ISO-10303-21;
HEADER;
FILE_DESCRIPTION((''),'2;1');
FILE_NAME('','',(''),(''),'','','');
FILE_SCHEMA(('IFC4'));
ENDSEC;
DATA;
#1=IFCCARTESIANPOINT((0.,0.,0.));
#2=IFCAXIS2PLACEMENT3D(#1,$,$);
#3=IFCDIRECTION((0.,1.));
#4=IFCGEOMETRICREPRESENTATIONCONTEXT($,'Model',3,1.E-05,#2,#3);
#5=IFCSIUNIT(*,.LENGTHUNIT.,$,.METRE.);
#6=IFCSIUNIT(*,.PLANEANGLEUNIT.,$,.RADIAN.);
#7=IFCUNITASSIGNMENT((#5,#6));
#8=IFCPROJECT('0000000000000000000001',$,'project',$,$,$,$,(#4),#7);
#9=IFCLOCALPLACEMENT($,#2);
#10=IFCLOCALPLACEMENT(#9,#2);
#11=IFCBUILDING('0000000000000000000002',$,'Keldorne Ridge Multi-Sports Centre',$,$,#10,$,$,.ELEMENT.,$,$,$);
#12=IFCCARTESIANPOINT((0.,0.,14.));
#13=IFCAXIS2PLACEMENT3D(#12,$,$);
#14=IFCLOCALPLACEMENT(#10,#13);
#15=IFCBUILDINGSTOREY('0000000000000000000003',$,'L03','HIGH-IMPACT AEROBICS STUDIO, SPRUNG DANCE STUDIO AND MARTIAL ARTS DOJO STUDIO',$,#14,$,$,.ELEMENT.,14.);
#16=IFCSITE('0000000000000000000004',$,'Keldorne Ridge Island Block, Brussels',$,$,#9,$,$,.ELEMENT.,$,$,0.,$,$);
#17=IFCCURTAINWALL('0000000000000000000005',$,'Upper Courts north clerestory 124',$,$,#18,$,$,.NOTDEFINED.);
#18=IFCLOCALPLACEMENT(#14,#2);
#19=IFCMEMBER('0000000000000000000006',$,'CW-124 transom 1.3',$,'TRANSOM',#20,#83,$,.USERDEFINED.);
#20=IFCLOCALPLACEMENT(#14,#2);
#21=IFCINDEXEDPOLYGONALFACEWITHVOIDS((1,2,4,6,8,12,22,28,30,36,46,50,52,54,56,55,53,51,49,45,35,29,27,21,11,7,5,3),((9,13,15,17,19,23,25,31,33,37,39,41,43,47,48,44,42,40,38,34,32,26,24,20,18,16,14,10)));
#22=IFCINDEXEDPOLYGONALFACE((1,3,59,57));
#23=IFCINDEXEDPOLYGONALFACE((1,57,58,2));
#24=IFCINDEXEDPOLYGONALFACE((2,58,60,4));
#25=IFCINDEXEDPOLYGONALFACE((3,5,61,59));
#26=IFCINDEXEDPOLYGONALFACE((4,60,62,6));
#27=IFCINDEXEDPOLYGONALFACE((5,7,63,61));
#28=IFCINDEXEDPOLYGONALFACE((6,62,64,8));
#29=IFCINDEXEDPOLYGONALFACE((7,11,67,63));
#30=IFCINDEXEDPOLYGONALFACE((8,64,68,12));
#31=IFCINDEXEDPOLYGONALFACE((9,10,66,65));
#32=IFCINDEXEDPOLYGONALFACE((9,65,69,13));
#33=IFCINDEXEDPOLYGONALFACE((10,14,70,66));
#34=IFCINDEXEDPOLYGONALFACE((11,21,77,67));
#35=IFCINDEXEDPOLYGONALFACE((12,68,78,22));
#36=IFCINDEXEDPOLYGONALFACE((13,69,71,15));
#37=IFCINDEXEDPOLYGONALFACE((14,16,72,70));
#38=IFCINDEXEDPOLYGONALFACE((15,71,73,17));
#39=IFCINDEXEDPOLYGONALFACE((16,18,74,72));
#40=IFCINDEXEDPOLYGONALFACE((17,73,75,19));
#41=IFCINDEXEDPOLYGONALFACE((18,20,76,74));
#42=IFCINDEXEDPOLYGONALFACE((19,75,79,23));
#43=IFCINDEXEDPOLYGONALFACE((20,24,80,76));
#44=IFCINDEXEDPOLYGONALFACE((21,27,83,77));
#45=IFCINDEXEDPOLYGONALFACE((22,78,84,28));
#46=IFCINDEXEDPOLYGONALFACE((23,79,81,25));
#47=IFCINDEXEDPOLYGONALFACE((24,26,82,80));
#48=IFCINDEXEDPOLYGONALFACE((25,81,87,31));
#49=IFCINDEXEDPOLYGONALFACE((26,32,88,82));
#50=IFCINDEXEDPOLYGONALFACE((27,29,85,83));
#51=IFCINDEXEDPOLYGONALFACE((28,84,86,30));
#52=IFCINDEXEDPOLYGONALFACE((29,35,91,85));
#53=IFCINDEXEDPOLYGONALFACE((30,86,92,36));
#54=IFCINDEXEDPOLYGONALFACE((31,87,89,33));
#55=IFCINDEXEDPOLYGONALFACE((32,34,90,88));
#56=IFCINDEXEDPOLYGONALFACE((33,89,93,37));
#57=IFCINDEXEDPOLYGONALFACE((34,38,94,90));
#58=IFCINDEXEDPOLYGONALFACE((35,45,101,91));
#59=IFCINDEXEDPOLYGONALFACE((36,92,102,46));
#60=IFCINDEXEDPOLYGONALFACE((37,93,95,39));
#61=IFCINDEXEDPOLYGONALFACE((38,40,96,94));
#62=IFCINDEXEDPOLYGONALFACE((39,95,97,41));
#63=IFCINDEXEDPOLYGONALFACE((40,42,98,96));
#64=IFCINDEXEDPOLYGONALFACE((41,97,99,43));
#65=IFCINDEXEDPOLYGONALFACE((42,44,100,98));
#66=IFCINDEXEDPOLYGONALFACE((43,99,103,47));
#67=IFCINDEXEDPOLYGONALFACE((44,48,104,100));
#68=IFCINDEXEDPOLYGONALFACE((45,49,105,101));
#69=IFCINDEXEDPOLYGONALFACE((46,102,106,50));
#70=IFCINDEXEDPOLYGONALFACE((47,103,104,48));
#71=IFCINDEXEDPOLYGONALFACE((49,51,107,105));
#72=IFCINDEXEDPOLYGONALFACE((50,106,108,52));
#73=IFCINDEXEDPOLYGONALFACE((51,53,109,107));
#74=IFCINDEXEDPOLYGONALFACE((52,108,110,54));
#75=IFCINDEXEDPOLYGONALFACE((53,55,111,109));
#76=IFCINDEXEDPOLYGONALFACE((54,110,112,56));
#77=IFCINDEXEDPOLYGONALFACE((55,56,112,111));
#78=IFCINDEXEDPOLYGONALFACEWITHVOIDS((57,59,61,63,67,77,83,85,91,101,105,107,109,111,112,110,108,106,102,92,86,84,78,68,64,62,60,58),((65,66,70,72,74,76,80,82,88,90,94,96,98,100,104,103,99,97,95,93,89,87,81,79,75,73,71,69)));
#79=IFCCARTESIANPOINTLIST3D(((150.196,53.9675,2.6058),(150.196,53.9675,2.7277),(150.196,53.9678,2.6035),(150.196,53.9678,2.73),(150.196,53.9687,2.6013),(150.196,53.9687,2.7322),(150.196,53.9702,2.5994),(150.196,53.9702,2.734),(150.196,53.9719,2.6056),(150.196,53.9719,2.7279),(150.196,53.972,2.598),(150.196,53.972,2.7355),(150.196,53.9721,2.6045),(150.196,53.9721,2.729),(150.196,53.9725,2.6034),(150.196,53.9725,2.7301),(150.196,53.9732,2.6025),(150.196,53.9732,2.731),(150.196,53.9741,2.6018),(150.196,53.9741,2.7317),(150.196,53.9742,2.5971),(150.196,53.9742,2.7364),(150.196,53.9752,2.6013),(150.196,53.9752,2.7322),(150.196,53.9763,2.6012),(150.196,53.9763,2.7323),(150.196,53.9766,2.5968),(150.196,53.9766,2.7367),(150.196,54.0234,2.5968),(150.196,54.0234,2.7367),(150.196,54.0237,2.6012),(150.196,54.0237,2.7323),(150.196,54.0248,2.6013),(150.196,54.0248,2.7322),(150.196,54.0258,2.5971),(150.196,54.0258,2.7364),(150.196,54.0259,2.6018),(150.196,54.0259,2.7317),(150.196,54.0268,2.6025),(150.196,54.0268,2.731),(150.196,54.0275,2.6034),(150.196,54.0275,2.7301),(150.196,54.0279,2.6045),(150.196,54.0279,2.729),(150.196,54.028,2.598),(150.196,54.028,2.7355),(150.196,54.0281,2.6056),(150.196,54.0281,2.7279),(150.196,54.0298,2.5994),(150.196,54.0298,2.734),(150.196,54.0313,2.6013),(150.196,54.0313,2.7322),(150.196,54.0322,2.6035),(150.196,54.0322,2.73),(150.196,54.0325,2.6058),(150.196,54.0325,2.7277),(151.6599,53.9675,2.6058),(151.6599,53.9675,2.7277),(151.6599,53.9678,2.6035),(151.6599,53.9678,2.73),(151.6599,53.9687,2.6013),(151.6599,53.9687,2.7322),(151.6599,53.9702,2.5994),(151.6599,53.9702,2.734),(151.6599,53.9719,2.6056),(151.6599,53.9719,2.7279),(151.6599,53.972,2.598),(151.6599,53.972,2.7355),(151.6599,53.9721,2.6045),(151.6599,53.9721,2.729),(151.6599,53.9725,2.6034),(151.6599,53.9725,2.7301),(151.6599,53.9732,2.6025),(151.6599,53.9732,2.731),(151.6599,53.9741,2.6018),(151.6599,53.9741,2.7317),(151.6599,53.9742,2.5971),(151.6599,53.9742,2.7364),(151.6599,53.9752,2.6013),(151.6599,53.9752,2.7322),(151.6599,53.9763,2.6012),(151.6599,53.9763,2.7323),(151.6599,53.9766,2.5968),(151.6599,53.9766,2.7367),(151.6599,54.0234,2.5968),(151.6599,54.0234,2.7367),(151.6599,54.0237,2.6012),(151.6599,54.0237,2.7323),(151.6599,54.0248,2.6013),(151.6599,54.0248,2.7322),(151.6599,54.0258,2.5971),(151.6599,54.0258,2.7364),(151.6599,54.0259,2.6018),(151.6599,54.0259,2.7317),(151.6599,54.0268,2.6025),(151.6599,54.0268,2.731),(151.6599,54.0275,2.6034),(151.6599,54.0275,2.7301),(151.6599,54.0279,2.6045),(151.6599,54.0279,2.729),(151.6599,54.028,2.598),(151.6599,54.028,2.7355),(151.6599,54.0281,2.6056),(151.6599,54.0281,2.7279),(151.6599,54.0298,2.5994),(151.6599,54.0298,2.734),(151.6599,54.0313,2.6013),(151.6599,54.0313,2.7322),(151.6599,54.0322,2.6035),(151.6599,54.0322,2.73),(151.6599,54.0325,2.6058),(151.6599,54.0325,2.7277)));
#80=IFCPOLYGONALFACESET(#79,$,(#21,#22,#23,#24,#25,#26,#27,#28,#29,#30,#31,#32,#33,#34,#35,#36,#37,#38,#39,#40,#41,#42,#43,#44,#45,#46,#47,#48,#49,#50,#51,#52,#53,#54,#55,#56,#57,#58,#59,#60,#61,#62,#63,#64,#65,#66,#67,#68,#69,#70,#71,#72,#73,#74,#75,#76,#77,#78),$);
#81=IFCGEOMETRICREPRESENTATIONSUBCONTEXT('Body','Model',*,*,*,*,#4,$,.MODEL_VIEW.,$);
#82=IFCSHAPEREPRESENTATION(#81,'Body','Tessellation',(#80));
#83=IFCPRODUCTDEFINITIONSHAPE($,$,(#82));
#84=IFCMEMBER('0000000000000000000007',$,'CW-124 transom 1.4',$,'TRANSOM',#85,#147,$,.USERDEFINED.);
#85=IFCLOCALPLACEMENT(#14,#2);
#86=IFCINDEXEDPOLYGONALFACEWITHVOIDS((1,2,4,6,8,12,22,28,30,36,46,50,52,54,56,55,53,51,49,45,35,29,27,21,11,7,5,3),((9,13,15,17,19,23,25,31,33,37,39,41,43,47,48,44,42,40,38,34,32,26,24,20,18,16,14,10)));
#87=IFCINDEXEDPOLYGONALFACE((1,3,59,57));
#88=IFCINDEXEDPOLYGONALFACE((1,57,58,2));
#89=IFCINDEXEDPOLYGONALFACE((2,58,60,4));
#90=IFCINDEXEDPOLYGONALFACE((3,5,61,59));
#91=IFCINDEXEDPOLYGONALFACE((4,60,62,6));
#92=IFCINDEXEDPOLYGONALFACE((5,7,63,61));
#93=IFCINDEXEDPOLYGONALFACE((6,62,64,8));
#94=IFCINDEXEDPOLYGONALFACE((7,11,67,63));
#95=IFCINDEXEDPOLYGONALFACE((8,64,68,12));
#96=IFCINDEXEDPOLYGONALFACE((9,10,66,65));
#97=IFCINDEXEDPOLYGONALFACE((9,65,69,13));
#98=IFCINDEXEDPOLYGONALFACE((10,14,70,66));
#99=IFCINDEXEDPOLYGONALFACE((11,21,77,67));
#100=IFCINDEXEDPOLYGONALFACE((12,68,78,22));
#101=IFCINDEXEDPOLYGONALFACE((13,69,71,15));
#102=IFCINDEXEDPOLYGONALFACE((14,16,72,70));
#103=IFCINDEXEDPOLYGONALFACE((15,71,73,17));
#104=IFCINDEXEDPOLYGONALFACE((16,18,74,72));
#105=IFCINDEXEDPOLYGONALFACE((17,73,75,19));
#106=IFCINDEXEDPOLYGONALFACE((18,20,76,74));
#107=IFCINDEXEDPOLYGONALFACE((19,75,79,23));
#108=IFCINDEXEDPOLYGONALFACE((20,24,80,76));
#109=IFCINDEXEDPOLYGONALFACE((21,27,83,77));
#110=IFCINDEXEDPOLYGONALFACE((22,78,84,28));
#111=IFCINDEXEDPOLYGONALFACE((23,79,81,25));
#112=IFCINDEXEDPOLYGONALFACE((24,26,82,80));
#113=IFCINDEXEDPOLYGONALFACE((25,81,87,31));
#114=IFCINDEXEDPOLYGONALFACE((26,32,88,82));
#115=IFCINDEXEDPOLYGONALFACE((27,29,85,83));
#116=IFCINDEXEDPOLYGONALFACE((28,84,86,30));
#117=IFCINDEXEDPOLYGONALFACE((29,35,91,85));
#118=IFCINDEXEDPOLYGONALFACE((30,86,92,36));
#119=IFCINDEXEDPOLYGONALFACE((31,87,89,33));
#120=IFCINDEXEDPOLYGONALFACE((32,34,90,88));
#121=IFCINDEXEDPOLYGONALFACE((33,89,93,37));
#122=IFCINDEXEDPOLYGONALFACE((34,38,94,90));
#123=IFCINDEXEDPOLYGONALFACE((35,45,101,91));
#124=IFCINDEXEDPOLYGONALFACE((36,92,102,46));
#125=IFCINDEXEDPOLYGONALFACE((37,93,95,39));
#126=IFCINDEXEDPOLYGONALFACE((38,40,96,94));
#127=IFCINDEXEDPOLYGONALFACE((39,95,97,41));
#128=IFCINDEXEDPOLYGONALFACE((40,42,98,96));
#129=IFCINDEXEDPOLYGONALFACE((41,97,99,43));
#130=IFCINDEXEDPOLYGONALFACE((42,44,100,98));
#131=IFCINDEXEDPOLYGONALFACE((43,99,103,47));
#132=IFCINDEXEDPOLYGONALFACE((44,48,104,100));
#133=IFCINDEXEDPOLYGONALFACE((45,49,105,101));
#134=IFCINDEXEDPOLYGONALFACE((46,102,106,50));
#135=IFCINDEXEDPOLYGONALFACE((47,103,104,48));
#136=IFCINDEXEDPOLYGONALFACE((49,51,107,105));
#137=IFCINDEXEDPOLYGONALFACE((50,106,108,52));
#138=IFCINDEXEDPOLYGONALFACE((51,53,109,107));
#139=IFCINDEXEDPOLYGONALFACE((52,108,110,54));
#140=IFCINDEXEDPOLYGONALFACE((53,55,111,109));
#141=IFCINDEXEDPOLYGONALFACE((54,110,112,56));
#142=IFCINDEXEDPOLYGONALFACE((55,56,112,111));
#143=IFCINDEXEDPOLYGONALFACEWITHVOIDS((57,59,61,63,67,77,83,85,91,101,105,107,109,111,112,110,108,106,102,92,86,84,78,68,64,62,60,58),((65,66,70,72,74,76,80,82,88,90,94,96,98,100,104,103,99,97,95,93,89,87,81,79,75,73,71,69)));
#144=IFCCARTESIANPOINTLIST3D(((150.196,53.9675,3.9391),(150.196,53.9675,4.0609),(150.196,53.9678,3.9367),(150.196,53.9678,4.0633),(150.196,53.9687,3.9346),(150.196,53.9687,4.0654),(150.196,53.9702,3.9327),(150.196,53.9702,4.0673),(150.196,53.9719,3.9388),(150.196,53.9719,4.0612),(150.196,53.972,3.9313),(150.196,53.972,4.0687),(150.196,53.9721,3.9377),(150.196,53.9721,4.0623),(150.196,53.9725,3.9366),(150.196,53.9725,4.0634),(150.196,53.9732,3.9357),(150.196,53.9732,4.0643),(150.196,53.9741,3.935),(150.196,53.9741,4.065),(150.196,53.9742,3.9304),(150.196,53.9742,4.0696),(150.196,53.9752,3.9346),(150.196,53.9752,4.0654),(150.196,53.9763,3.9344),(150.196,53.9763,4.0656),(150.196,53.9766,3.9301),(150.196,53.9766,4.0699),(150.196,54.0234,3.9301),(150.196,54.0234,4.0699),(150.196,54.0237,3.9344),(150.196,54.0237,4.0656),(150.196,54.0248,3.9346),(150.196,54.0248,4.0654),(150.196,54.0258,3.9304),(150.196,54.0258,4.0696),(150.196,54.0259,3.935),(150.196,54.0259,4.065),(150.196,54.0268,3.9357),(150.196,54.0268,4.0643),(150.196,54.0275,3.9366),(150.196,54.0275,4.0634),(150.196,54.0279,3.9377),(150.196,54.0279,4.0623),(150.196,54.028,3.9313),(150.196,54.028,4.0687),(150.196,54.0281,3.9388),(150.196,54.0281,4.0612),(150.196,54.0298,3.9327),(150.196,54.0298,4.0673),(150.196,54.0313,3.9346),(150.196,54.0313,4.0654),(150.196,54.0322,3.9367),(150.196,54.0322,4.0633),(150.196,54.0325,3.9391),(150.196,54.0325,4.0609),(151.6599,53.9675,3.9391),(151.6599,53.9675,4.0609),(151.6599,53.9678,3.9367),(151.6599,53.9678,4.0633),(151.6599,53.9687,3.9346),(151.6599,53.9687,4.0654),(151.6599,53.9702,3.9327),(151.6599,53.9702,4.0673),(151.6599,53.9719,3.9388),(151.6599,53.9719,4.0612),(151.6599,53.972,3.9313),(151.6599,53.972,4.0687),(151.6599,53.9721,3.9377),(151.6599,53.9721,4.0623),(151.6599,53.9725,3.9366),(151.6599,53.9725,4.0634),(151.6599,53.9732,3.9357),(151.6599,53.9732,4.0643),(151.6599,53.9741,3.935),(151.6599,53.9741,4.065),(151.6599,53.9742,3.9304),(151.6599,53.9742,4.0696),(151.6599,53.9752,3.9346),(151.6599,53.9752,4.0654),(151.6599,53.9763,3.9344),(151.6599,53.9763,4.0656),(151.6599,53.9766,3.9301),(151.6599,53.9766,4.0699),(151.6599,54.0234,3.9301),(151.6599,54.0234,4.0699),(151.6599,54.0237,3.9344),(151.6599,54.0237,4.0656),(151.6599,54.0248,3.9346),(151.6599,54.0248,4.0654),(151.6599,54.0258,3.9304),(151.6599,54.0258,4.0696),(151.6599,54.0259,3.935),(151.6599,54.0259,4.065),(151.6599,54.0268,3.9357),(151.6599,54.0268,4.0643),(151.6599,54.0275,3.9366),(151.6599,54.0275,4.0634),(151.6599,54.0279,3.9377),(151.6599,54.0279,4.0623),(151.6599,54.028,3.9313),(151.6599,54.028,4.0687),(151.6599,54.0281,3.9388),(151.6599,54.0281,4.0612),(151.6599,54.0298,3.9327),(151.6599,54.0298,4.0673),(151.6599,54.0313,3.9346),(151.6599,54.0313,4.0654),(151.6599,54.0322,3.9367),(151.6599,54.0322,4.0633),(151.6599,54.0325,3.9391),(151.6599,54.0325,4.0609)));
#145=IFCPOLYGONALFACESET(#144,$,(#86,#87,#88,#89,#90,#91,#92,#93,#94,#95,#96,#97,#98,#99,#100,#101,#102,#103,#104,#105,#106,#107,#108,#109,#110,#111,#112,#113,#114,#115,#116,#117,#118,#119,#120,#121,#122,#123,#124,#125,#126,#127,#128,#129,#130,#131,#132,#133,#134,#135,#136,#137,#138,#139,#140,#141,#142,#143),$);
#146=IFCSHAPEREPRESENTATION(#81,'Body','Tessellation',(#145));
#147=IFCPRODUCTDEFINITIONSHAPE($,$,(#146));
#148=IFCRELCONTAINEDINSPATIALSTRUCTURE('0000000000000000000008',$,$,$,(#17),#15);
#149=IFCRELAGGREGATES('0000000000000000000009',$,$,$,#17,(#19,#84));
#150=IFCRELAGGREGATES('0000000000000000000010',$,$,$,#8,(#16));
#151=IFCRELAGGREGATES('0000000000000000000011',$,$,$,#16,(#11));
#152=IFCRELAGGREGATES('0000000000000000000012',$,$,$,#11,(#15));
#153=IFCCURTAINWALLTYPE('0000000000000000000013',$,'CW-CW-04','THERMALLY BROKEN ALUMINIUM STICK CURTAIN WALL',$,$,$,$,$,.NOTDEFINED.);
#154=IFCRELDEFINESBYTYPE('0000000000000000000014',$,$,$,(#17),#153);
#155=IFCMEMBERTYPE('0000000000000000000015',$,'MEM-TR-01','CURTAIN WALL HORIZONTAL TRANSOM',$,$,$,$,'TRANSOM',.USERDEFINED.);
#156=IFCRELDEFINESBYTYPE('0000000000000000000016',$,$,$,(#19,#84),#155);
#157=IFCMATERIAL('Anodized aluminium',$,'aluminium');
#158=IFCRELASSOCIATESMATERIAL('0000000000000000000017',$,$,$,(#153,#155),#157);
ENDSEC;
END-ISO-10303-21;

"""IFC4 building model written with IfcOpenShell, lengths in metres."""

from ifc_helpers import new_model, si_unit, direction, frame, origin, origin_2d, place, context, subcontext, project, spatial, hollow_rectangle, extrude, material, material_profile, profile_set, type_object, element, aggregate, save


model = new_model("IFC4")

# Units and contexts
model_context = context("Model", 3, precision=1e-05, world=origin(), true_north=direction((0.0, 1.0)))
body_context = subcontext(model_context, "Body", "Model", "MODEL_VIEW")
ifc_project = project(units=[si_unit("LENGTHUNIT", "METRE"), si_unit("PLANEANGLEUNIT", "RADIAN")], contexts=[model_context])

# Site, building, storey
site_placement = place(None, origin())
site = spatial("IfcSite", under=ifc_project, at=site_placement, Name="Keldorne Ridge Island Block, Brussels", CompositionType="ELEMENT", RefElevation=0.0)
building_placement = place(site_placement, origin())
building = spatial("IfcBuilding", under=site, at=building_placement, Name="Keldorne Ridge Multi-Sports Centre", CompositionType="ELEMENT")
storey_placement = place(building_placement, frame((0.0, 0.0, 14.0)))
storey = spatial("IfcBuildingStorey", under=building, at=storey_placement, Name="L03", Description="HIGH-IMPACT AEROBICS STUDIO, SPRUNG DANCE STUDIO AND MARTIAL ARTS DOJO STUDIO", CompositionType="ELEMENT", Elevation=14.0)

# Curtain wall
ifc_material_1 = material(Name="Anodized aluminium", Category="aluminium")
curtain_wall_type = type_object("IfcCurtainWallType", Name="CW-CW-04", Description="THERMALLY BROKEN ALUMINIUM STICK CURTAIN WALL", PredefinedType="NOTDEFINED", material=ifc_material_1)
curtain_wall_placement = place(storey_placement, origin())
curtain_wall = element("IfcCurtainWall", 1, at=curtain_wall_placement, inside=storey, type_object=curtain_wall_type, Name="Upper Courts north clerestory 124", PredefinedType="NOTDEFINED")

# Members
ifc_material_profile_1 = material_profile(ifc_material_1, hollow_rectangle(XDim=0.0649, YDim=0.1399, WallThickness=0.0044, InnerFilletRadius=0.0044, OuterFilletRadius=0.009, at=origin_2d()), Name="ALU TRANSOM 140x65x4.5")
ifc_profile_set_1 = profile_set([ifc_material_profile_1], Name="Anodized aluminium")
member_type_1 = type_object("IfcMemberType", Name="MEM-TR-01", Description="CURTAIN WALL HORIZONTAL TRANSOM", ElementType="TRANSOM", PredefinedType="USERDEFINED", material=ifc_profile_set_1)
member_1_placement = place(storey_placement, frame((151.6599, 54.0, 2.6667), z_axis=(-1.0, 0.0, 0.0), x_axis=(0.0, -1.0, 0.0)))
member_1 = element("IfcMember", 2, at=member_1_placement, type_object=member_type_1, Name="CW-124 transom 1.3", ObjectType="TRANSOM", PredefinedType="USERDEFINED", context=body_context, shape_type="SweptSolid", body=[
    extrude(hollow_rectangle(XDim=0.0649, YDim=0.1399, WallThickness=0.0044, InnerFilletRadius=0.0044, OuterFilletRadius=0.009, at=origin_2d()), origin(), (0.0, 0.0, 1.0), 1.4639),
])
member_2_placement = place(storey_placement, frame((151.6599, 54.0, 4.0), z_axis=(-1.0, 0.0, 0.0), x_axis=(0.0, -1.0, 0.0)))
member_2 = element("IfcMember", 3, at=member_2_placement, type_object=member_type_1, Name="CW-124 transom 1.4", ObjectType="TRANSOM", PredefinedType="USERDEFINED", context=body_context, shape_type="SweptSolid", body=[
    extrude(hollow_rectangle(XDim=0.0649, YDim=0.1399, WallThickness=0.0044, InnerFilletRadius=0.0044, OuterFilletRadius=0.009, at=origin_2d()), origin(), (0.0, 0.0, 1.0), 1.4639),
])

aggregate(curtain_wall, [member_1, member_2])

save(model, "model.ifc")
